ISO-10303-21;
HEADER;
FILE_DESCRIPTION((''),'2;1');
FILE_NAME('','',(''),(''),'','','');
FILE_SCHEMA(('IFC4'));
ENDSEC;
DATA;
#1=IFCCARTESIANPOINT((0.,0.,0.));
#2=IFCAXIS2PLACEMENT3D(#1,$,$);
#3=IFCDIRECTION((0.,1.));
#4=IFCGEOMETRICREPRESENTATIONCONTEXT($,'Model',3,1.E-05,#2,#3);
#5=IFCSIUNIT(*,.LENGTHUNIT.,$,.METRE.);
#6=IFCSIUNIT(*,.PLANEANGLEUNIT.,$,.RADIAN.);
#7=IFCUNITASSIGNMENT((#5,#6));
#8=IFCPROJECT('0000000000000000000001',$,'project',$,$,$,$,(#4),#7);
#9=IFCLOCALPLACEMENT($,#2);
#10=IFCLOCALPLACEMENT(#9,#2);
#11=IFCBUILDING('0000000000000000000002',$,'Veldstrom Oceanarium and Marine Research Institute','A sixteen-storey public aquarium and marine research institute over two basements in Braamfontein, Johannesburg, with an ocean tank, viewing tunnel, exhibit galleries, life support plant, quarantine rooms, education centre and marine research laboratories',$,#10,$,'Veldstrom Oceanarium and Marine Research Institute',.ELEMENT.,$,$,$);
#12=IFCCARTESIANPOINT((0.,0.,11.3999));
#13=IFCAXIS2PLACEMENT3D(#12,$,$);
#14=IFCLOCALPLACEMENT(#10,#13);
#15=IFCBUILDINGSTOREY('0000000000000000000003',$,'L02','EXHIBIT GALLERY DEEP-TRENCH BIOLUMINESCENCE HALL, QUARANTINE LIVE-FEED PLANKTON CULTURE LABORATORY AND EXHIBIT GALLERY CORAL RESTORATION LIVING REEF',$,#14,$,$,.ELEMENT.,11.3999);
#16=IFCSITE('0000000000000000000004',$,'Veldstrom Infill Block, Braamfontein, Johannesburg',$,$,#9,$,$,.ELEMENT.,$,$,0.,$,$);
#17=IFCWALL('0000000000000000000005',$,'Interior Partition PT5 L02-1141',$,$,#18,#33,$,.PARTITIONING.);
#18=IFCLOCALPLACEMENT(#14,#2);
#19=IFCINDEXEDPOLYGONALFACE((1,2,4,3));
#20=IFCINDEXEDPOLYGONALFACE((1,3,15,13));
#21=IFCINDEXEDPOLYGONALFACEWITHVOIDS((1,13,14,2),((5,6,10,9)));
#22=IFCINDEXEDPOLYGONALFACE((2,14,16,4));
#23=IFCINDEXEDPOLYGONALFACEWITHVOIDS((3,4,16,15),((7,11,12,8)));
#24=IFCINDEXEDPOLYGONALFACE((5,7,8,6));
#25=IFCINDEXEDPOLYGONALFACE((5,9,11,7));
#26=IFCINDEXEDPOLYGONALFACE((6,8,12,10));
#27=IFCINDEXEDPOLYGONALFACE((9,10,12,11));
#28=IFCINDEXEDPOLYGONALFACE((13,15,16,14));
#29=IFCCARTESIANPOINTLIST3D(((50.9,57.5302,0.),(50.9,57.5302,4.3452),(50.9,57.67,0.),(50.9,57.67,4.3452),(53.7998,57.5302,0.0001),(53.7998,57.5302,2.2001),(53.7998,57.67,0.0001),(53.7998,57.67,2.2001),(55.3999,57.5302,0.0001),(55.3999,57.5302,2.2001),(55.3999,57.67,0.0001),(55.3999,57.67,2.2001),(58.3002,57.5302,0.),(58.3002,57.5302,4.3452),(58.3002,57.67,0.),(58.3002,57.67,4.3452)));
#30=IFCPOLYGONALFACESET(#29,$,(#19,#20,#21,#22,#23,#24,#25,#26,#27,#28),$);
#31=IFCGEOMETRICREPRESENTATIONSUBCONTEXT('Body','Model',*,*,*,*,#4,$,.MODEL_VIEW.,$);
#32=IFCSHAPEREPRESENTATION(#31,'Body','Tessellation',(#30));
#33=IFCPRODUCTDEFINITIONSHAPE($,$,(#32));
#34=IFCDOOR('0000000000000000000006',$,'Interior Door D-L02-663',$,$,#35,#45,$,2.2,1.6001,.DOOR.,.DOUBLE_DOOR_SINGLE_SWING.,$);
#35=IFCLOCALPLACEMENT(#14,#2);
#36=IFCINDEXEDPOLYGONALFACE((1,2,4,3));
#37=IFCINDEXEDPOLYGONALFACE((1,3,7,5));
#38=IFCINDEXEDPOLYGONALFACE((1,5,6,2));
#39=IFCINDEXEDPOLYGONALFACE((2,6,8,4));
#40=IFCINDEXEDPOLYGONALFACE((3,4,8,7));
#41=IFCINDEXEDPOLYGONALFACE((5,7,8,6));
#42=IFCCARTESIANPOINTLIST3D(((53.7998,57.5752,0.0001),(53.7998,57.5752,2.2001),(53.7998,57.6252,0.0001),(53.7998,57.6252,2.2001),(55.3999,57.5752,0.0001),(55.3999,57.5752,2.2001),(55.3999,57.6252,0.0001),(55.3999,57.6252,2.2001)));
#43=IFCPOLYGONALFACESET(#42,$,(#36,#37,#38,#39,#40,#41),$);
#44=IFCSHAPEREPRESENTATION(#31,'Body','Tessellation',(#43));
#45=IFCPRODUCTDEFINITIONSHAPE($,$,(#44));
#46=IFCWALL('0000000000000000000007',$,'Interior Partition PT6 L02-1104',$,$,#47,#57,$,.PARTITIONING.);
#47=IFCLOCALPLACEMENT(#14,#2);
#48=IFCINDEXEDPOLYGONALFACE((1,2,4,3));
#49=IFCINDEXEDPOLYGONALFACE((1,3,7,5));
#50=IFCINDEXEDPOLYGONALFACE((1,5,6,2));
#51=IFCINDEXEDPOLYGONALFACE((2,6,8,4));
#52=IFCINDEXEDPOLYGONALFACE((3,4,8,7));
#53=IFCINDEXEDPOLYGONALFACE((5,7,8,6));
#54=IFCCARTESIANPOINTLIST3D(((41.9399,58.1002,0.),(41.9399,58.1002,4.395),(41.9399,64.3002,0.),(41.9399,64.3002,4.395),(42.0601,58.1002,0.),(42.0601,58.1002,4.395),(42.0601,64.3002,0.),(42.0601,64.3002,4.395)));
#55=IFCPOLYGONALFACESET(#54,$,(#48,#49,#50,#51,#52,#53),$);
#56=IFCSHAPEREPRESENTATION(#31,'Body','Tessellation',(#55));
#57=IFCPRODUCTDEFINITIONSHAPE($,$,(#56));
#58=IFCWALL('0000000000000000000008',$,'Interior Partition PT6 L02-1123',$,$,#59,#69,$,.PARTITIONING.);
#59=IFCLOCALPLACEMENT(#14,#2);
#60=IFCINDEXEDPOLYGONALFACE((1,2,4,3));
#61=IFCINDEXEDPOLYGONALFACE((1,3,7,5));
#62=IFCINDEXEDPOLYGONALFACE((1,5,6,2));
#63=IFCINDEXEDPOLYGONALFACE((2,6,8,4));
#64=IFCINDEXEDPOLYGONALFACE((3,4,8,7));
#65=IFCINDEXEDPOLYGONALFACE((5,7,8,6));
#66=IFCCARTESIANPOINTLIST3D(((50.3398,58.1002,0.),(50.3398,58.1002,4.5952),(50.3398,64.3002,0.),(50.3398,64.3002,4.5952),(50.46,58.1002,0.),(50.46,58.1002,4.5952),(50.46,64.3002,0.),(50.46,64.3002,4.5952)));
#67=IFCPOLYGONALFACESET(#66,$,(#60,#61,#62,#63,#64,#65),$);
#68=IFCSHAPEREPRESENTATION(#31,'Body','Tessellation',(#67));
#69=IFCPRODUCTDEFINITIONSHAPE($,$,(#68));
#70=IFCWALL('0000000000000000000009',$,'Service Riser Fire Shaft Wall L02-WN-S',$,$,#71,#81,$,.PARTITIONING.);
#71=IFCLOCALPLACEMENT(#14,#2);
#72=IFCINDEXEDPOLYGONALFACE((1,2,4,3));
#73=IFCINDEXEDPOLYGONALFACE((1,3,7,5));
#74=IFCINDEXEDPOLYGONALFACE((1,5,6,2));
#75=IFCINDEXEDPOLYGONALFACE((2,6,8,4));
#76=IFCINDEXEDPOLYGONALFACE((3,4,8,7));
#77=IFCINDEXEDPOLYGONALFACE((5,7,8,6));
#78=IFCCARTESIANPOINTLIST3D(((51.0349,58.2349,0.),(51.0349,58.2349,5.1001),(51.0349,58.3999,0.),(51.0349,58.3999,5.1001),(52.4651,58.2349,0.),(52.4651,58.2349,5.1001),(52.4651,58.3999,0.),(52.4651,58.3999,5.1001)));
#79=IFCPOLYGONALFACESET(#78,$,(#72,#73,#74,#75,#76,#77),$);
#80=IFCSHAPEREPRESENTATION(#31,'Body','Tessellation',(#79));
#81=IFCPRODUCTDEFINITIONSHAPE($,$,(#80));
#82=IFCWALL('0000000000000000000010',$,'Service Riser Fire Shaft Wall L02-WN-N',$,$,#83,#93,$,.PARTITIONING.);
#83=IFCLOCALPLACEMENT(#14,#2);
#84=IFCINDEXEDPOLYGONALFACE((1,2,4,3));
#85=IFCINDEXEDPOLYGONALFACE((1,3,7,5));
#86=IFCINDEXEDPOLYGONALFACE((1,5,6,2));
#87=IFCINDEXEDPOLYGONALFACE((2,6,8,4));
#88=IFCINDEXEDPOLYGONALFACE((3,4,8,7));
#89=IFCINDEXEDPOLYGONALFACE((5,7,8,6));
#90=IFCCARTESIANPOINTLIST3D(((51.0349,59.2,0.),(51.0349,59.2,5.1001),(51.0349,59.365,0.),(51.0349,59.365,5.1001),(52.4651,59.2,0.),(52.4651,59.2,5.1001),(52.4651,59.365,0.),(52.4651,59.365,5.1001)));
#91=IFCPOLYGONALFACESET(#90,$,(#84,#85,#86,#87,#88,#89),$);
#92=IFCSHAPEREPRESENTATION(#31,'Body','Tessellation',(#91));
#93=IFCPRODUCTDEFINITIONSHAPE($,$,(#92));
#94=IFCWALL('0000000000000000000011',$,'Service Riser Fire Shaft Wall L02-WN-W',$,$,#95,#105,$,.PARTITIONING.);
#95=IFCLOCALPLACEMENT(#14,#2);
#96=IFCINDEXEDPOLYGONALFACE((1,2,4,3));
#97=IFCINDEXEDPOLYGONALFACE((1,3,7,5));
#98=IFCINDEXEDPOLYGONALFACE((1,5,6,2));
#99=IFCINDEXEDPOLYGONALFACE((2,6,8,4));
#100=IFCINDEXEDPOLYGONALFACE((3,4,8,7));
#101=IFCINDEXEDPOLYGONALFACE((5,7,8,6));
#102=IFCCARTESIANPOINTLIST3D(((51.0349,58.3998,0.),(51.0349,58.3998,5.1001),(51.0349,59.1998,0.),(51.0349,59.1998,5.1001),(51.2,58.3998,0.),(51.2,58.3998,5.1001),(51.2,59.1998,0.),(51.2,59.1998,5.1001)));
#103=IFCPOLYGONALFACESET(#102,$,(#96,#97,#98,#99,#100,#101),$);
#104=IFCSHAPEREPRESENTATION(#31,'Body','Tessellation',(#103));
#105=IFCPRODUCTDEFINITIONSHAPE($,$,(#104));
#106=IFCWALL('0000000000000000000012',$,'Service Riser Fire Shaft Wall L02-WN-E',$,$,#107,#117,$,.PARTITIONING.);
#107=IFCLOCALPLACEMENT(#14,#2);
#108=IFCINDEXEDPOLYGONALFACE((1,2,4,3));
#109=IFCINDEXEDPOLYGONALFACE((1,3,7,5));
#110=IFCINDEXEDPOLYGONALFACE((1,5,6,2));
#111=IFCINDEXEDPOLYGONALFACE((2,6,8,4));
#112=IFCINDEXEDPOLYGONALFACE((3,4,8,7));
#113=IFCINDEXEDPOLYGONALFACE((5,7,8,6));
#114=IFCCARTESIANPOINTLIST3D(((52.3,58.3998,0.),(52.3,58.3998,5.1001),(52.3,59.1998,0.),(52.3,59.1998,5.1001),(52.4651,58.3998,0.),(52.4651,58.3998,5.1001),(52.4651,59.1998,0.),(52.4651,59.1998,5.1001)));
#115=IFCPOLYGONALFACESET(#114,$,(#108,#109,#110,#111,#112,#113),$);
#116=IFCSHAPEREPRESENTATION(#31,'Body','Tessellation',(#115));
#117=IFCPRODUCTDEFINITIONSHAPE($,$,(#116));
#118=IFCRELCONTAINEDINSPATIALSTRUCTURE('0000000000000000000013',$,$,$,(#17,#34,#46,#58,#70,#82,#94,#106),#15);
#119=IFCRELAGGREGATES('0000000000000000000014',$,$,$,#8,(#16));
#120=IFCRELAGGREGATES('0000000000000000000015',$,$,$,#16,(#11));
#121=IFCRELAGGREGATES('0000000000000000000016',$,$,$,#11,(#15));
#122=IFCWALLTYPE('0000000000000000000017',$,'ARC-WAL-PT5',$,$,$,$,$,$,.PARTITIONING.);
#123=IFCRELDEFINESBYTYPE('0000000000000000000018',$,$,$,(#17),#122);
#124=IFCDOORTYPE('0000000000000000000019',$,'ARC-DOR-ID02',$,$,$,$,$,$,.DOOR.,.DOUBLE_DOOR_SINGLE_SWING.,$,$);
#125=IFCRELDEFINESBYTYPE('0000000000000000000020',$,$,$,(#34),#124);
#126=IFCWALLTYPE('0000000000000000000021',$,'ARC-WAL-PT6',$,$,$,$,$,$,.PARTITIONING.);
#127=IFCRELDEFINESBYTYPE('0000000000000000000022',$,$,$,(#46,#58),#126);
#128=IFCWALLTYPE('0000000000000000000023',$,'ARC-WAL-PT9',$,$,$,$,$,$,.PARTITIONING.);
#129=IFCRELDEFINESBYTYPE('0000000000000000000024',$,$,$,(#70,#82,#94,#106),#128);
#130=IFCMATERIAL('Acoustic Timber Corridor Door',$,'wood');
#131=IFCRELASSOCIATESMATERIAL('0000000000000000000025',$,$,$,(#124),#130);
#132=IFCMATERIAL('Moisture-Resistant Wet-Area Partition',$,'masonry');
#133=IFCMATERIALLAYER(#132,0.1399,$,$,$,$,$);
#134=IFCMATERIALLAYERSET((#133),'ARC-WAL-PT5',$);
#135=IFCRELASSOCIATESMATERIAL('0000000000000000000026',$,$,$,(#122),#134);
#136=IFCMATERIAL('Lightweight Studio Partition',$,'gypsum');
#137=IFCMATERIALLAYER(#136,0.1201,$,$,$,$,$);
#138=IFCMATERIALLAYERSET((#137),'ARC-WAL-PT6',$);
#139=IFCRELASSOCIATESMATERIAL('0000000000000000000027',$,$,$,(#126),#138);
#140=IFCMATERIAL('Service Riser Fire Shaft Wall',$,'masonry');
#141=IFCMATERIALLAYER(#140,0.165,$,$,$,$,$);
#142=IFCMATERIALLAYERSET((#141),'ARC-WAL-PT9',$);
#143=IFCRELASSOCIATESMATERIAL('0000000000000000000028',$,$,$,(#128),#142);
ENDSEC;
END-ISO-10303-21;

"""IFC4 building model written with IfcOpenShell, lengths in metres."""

from ifc_helpers import new_model, si_unit, direction, frame, frame_2d, origin, place, context, subcontext, project, spatial, rectangle, extrude, material, layer, layer_set, type_object, element, fill, save


model = new_model("IFC4")

# Units and contexts
model_context = context("Model", 3, precision=1e-05, world=origin(), true_north=direction((0.0, 1.0)))
body_context = subcontext(model_context, "Body", "Model", "MODEL_VIEW")
ifc_project = project(units=[si_unit("LENGTHUNIT", "METRE"), si_unit("PLANEANGLEUNIT", "RADIAN")], contexts=[model_context])

# Site, building, storey
site_placement = place(None, origin())
site = spatial("IfcSite", under=ifc_project, at=site_placement, Name="Veldstrom Infill Block, Braamfontein, Johannesburg", CompositionType="ELEMENT", RefElevation=0.0)
building_placement = place(site_placement, origin())
building = spatial("IfcBuilding", under=site, at=building_placement, Name="Veldstrom Oceanarium and Marine Research Institute", Description="A sixteen-storey public aquarium and marine research institute over two basements in Braamfontein, Johannesburg, with an ocean tank, viewing tunnel, exhibit galleries, life support plant, quarantine rooms, education centre and marine research laboratories", LongName="Veldstrom Oceanarium and Marine Research Institute", CompositionType="ELEMENT")
storey_placement = place(building_placement, frame((0.0, 0.0, 11.3999)))
storey = spatial("IfcBuildingStorey", under=building, at=storey_placement, Name="L02", Description="EXHIBIT GALLERY DEEP-TRENCH BIOLUMINESCENCE HALL, QUARANTINE LIVE-FEED PLANKTON CULTURE LABORATORY AND EXHIBIT GALLERY CORAL RESTORATION LIVING REEF", CompositionType="ELEMENT", Elevation=11.3999)

# Wall, opening, door
ifc_material_1 = material(Name="Acoustic Timber Corridor Door", Category="wood")
door_type_1 = type_object("IfcDoorType", Name="ARC-DOR-ID02", OperationType="DOUBLE_DOOR_SINGLE_SWING", PredefinedType="DOOR", material=ifc_material_1)
ifc_material_2 = material(Name="Moisture-Resistant Wet-Area Partition", Category="masonry")
ifc_layer_1 = layer(ifc_material_2, 0.1399)
ifc_layer_set_1 = layer_set([ifc_layer_1], Name="ARC-WAL-PT5")
wall_type_1 = type_object("IfcWallType", Name="ARC-WAL-PT5", PredefinedType="PARTITIONING", material=ifc_layer_set_1)
wall_1_placement = place(storey_placement, frame((50.8999, 57.6001, 0.0), z_axis=(0.0, 0.0, 1.0), x_axis=(1.0, 0.0, 0.0)))
wall_1 = element("IfcWall", 1, at=wall_1_placement, inside=storey, type_object=wall_type_1, Name="Interior Partition PT5 L02-1141", PredefinedType="PARTITIONING", context=body_context, shape_type="SweptSolid", body=[
    extrude(rectangle(XDim=7.4001, YDim=0.1399, at=frame_2d((3.7002, 0.0))), origin(), (0.0, 0.0, 1.0), 4.3452),
])
opening_1_placement = place(wall_1_placement, frame((2.8999, 0.0, 0.0)))
opening_1 = element("IfcOpeningElement", 2, at=opening_1_placement, cuts=wall_1, PredefinedType="OPENING", context=body_context, shape_type="SweptSolid", body=[
    extrude(rectangle(XDim=1.6001, YDim=2.2, at=frame_2d((0.8, 1.1001))), frame((0.0, 0.0798, 0.0), z_axis=(0.0, -1.0, 0.0), x_axis=(1.0, 0.0, 0.0)), (0.0, 0.0, 1.0), 0.1599),
])
door_1_placement = place(opening_1_placement, frame((1.6001, 0.0, 0.0), z_axis=(0.0, 0.0, 1.0), x_axis=(-1.0, 0.0, 0.0)))
door_1 = element("IfcDoor", 3, at=door_1_placement, inside=storey, type_object=door_type_1, Name="Interior Door D-L02-663", OperationType="DOUBLE_DOOR_SINGLE_SWING", OverallHeight=2.2, OverallWidth=1.6001, PredefinedType="DOOR", context=body_context, shape_type="SweptSolid", body=[
    extrude(rectangle(XDim=1.6001, YDim=2.2, at=frame_2d((0.8, 1.1001))), frame((0.0, 0.0249, 0.0), z_axis=(0.0, -1.0, 0.0), x_axis=(1.0, 0.0, 0.0)), (0.0, 0.0, 1.0), 0.05),
])
fill(opening_1, door_1)

# Walls
ifc_material_3 = material(Name="Lightweight Studio Partition", Category="gypsum")
ifc_layer_2 = layer(ifc_material_3, 0.1201)
ifc_layer_set_2 = layer_set([ifc_layer_2], Name="ARC-WAL-PT6")
wall_type_2 = type_object("IfcWallType", Name="ARC-WAL-PT6", PredefinedType="PARTITIONING", material=ifc_layer_set_2)
wall_2_placement = place(storey_placement, frame((42.0, 58.1001, 0.0), z_axis=(0.0, 0.0, 1.0), x_axis=(0.0, 1.0, 0.0)))
element("IfcWall", 4, at=wall_2_placement, inside=storey, type_object=wall_type_2, Name="Interior Partition PT6 L02-1104", PredefinedType="PARTITIONING", context=body_context, shape_type="SweptSolid", body=[
    extrude(rectangle(XDim=6.2, YDim=0.1201, at=frame_2d((3.1001, 0.0))), origin(), (0.0, 0.0, 1.0), 4.395),
])
wall_3_placement = place(storey_placement, frame((50.3999, 58.1001, 0.0), z_axis=(0.0, 0.0, 1.0), x_axis=(0.0, 1.0, 0.0)))
element("IfcWall", 5, at=wall_3_placement, inside=storey, type_object=wall_type_2, Name="Interior Partition PT6 L02-1123", PredefinedType="PARTITIONING", context=body_context, shape_type="SweptSolid", body=[
    extrude(rectangle(XDim=6.2, YDim=0.1201, at=frame_2d((3.1001, 0.0))), origin(), (0.0, 0.0, 1.0), 4.5952),
])
ifc_material_4 = material(Name="Service Riser Fire Shaft Wall", Category="masonry")
ifc_layer_3 = layer(ifc_material_4, 0.165)
ifc_layer_set_3 = layer_set([ifc_layer_3], Name="ARC-WAL-PT9")
wall_type_3 = type_object("IfcWallType", Name="ARC-WAL-PT9", PredefinedType="PARTITIONING", material=ifc_layer_set_3)
for number, where, z_axis, x_axis, name in (
    (6, (51.0349, 58.3174, 0.0), (0.0, 0.0, 1.0), (1.0, 0.0, 0.0), "Service Riser Fire Shaft Wall L02-WN-S"),
    (7, (51.0349, 59.2825, 0.0), (0.0, 0.0, 1.0), (1.0, 0.0, 0.0), "Service Riser Fire Shaft Wall L02-WN-N"),
):
    element("IfcWall", number, at=place(storey_placement, frame(where, z_axis=z_axis, x_axis=x_axis)), inside=storey, type_object=wall_type_3, Name=name, PredefinedType="PARTITIONING", context=body_context, shape_type="SweptSolid", body=[
        extrude(rectangle(XDim=1.4302, YDim=0.165, at=frame_2d((0.7151, 0.0))), origin(), (0.0, 0.0, 1.0), 5.1001),
    ])
for number, where, z_axis, x_axis, name in (
    (8, (51.1174, 58.3999, 0.0), (0.0, 0.0, 1.0), (0.0, 1.0, 0.0), "Service Riser Fire Shaft Wall L02-WN-W"),
    (9, (52.3826, 58.3999, 0.0), (0.0, 0.0, 1.0), (0.0, 1.0, 0.0), "Service Riser Fire Shaft Wall L02-WN-E"),
):
    element("IfcWall", number, at=place(storey_placement, frame(where, z_axis=z_axis, x_axis=x_axis)), inside=storey, type_object=wall_type_3, Name=name, PredefinedType="PARTITIONING", context=body_context, shape_type="SweptSolid", body=[
        extrude(rectangle(XDim=0.8, YDim=0.165, at=frame_2d((0.3999, 0.0))), origin(), (0.0, 0.0, 1.0), 5.1001),
    ])

save(model, "model.ifc")
